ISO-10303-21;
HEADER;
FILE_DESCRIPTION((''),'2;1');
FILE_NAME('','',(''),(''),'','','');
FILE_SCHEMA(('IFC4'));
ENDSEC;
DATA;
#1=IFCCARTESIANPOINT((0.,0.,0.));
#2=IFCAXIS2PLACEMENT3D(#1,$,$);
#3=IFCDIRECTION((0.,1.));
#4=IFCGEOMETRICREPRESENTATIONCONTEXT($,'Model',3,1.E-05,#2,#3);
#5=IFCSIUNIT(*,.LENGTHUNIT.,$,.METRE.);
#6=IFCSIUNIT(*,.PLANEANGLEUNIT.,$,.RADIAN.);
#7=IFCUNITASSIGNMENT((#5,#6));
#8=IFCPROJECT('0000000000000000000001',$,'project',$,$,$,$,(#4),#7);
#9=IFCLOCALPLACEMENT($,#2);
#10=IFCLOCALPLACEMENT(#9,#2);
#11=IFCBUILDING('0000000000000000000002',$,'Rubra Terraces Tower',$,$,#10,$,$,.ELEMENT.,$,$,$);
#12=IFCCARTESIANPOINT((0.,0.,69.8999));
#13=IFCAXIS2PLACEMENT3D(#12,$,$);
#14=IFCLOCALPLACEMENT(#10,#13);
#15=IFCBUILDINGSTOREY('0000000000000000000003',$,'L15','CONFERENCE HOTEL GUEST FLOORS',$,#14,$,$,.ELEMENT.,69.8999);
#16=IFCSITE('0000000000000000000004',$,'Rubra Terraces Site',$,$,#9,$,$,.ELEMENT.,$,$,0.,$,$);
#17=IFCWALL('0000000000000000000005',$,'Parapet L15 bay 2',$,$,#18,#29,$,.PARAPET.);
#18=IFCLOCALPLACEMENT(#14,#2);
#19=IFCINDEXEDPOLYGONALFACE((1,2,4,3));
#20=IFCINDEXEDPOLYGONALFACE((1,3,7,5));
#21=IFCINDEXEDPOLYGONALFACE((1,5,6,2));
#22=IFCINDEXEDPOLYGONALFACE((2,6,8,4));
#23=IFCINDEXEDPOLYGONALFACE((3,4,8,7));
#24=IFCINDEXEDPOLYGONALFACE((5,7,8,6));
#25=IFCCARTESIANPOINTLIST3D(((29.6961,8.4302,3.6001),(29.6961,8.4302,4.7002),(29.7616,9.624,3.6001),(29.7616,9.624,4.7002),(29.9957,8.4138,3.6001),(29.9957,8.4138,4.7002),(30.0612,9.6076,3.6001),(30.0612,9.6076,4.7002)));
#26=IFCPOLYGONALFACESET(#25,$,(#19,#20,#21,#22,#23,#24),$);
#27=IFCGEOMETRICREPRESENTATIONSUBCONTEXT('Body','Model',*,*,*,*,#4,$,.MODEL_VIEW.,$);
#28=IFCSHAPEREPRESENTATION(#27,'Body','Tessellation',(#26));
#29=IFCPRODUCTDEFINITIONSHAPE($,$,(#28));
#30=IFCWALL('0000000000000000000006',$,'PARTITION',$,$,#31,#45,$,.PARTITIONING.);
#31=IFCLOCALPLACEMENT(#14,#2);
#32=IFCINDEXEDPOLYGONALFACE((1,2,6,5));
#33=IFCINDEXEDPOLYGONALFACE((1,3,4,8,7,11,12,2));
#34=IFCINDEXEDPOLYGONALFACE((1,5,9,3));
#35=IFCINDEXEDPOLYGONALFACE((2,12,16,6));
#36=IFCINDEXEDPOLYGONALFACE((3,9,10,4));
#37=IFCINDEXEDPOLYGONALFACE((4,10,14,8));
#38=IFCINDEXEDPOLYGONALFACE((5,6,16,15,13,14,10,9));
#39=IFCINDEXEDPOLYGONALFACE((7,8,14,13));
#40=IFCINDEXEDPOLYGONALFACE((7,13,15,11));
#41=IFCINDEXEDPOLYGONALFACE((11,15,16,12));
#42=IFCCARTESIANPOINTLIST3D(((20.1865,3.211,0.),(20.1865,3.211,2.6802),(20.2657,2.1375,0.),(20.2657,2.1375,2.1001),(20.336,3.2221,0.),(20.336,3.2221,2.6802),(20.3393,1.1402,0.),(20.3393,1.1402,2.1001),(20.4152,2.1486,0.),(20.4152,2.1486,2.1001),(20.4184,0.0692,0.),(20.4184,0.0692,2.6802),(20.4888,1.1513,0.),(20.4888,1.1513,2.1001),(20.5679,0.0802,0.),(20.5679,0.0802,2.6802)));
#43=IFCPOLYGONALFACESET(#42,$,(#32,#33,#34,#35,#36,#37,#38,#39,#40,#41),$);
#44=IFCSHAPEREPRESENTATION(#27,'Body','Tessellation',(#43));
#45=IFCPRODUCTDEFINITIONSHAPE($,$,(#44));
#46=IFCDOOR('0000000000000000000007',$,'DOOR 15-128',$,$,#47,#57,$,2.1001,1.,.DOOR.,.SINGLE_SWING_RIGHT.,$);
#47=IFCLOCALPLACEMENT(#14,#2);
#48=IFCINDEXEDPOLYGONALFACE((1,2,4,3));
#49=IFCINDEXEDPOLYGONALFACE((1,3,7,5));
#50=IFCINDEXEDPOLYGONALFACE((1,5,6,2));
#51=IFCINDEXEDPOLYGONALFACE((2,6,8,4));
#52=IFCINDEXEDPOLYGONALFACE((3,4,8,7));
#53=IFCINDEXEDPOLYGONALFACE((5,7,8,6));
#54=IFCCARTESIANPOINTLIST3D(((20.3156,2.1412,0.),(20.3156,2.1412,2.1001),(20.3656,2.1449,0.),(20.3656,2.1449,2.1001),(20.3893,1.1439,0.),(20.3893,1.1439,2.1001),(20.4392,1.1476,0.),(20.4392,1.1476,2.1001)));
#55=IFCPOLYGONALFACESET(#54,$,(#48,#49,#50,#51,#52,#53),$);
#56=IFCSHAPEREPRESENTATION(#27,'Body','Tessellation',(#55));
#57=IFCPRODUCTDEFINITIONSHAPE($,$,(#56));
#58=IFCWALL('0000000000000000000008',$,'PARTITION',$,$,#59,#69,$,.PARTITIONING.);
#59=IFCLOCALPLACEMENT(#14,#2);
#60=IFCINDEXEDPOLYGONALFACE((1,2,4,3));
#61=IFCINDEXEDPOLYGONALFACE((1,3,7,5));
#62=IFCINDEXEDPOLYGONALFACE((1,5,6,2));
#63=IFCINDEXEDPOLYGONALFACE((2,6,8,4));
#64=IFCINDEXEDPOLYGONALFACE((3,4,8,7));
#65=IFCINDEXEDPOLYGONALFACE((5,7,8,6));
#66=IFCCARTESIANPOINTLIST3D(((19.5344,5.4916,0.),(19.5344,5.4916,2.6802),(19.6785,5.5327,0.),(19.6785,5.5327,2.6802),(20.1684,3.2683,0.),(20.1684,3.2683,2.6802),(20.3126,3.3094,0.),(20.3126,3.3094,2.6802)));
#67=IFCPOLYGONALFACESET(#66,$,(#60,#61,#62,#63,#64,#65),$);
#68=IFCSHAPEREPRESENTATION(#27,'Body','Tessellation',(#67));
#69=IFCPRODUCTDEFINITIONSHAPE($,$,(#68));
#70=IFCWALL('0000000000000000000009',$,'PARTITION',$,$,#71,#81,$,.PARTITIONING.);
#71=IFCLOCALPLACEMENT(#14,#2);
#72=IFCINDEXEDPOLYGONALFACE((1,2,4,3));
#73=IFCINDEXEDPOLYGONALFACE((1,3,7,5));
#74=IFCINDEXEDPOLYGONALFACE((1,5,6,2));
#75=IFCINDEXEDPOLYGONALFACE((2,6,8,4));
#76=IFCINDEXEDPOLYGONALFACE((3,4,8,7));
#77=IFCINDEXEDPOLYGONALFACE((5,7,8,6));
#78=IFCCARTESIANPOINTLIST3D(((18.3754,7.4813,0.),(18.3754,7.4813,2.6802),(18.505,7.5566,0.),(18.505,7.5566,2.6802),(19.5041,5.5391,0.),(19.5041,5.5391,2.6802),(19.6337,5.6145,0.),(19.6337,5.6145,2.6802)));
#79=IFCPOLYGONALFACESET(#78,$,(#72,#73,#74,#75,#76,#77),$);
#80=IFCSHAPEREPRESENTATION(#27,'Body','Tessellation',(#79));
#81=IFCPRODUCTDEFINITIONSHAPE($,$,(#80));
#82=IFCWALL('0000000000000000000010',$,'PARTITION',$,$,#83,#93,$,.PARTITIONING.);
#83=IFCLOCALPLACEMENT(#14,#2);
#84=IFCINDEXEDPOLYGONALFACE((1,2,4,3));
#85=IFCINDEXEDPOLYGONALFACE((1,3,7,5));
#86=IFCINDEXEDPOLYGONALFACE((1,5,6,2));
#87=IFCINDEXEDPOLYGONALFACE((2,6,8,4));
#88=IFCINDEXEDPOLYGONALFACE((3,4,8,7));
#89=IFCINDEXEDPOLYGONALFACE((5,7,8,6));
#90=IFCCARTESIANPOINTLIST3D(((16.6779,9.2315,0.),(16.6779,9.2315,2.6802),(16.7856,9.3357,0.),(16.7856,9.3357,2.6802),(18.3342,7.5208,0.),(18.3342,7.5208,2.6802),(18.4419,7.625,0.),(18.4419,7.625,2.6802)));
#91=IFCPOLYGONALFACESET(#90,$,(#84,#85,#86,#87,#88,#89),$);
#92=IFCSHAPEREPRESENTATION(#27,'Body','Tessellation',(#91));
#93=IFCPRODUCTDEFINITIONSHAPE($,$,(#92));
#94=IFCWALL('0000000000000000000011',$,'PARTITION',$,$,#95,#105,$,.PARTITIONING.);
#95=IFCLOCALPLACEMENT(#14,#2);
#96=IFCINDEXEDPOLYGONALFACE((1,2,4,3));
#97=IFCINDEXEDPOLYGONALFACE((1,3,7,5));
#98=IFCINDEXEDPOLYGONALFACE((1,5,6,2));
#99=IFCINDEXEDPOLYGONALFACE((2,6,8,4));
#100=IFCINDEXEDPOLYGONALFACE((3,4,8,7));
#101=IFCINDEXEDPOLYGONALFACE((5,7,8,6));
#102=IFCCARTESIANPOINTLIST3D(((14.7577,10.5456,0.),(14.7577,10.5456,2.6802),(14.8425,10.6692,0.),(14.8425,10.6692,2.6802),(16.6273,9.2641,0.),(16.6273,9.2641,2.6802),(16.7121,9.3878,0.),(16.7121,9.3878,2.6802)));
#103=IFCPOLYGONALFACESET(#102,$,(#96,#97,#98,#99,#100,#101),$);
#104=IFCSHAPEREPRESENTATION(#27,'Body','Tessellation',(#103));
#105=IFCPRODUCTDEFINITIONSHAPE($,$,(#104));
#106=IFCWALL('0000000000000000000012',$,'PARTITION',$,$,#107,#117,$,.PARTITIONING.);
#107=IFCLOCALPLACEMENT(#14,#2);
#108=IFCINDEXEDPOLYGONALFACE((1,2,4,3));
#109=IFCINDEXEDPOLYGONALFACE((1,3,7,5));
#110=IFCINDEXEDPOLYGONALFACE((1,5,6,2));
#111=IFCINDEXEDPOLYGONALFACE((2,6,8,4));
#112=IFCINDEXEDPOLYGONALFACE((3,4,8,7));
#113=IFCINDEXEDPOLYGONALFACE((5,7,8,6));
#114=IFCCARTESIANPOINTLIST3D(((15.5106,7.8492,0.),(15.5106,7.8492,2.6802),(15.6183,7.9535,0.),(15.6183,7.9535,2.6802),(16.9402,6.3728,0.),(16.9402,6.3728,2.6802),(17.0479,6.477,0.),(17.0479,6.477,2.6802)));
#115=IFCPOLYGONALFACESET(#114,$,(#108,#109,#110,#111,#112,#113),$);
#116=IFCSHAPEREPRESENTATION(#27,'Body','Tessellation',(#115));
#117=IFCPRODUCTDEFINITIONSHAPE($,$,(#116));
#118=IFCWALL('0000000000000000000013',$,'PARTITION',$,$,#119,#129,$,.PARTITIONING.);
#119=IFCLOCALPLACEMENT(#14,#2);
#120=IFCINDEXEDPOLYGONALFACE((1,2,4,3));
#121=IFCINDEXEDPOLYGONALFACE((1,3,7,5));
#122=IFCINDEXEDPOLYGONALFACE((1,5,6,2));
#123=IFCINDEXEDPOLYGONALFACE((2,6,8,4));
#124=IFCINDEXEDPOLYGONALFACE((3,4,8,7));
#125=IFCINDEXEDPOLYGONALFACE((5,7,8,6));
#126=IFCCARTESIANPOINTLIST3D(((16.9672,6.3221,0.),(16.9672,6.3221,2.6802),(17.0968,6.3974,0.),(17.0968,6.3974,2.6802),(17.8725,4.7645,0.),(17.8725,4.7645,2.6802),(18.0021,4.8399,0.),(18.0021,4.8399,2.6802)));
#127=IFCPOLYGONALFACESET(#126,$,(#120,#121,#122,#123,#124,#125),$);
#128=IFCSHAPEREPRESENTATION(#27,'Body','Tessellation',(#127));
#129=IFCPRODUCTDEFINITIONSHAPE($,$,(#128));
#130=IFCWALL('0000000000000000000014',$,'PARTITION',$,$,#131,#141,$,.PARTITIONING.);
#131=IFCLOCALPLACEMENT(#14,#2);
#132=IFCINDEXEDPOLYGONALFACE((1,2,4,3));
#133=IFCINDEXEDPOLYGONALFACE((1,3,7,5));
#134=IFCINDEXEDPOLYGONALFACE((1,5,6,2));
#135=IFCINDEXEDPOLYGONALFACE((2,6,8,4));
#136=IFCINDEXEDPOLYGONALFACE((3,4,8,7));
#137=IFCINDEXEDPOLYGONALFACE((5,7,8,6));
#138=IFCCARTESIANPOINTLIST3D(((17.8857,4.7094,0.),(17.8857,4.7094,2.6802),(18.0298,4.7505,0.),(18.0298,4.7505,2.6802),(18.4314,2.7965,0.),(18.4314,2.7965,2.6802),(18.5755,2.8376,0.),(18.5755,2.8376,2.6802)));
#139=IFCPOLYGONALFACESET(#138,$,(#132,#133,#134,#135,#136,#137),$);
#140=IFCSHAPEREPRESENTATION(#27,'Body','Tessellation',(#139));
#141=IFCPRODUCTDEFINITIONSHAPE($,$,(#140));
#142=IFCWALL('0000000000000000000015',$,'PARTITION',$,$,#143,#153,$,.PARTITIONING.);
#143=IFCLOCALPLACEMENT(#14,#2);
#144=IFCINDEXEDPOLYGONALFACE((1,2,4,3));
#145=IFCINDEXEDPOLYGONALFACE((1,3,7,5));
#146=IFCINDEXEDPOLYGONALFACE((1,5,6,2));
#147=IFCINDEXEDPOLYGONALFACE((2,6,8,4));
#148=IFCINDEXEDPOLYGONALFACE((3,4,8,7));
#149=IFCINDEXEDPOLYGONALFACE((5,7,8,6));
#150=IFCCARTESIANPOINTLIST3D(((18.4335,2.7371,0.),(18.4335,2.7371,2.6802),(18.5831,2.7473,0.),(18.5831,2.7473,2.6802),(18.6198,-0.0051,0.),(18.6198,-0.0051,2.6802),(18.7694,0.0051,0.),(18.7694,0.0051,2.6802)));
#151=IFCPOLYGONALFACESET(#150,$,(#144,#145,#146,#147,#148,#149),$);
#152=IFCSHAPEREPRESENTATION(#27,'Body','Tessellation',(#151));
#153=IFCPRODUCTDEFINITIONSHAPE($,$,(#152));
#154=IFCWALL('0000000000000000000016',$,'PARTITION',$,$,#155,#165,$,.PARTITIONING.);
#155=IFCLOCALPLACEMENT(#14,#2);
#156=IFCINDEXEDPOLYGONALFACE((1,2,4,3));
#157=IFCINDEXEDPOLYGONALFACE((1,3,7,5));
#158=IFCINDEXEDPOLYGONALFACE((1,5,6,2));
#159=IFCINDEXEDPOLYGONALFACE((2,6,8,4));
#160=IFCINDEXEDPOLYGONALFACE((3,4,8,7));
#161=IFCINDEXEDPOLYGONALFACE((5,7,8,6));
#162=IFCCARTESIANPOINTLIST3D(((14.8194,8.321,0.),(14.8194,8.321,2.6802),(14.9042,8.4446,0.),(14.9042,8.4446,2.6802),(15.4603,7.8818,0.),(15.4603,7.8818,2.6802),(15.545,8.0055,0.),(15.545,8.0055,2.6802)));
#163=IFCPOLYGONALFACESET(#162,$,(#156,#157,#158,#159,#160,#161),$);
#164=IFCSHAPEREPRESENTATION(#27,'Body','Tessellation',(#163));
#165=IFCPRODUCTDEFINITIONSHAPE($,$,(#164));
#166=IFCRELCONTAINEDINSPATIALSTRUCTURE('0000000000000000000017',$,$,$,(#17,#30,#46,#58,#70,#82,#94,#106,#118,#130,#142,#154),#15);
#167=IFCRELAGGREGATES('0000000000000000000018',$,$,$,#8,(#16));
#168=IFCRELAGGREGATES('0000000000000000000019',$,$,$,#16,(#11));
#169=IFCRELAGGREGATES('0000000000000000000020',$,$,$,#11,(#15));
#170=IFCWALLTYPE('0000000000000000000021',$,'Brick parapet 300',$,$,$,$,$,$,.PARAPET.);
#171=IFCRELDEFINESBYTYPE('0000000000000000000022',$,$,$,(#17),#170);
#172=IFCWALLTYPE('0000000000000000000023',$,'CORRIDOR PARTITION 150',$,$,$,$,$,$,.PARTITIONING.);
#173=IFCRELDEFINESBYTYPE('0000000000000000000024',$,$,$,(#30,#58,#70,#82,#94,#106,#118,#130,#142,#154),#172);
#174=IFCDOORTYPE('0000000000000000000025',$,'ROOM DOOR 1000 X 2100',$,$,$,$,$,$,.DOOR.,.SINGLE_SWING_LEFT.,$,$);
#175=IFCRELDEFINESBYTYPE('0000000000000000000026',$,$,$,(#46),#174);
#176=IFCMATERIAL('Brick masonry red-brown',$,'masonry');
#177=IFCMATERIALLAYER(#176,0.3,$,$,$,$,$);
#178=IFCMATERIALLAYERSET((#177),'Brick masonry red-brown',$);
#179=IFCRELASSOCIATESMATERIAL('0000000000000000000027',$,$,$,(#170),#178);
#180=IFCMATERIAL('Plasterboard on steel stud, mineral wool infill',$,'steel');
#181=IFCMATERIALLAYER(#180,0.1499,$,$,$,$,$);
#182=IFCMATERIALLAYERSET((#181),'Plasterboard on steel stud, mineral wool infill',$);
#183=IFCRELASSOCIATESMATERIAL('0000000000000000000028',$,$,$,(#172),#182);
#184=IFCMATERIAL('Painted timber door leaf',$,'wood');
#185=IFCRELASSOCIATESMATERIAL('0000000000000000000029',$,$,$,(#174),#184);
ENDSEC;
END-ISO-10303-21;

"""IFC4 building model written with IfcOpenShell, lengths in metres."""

from ifc_helpers import new_model, si_unit, direction, frame, frame_2d, origin, place, context, subcontext, project, spatial, rectangle, extrude, material, layer, layer_set, type_object, element, fill, save


model = new_model("IFC4")

# Units and contexts
model_context = context("Model", 3, precision=1e-05, world=origin(), true_north=direction((0.0, 1.0)))
body_context = subcontext(model_context, "Body", "Model", "MODEL_VIEW")
ifc_project = project(units=[si_unit("LENGTHUNIT", "METRE"), si_unit("PLANEANGLEUNIT", "RADIAN")], contexts=[model_context])

# Site, building, storey
site_placement = place(None, origin())
site = spatial("IfcSite", under=ifc_project, at=site_placement, Name="Rubra Terraces Site", CompositionType="ELEMENT", RefElevation=0.0)
building_placement = place(site_placement, origin())
building = spatial("IfcBuilding", under=site, at=building_placement, Name="Rubra Terraces Tower", CompositionType="ELEMENT")
storey_placement = place(building_placement, frame((0.0, 0.0, 69.8999)))
storey = spatial("IfcBuildingStorey", under=building, at=storey_placement, Name="L15", Description="CONFERENCE HOTEL GUEST FLOORS", CompositionType="ELEMENT", Elevation=69.8999)

# Shared definitions
ifc_material_1 = material(Name="Brick masonry red-brown", Category="masonry")

# Wall
ifc_layer_1 = layer(ifc_material_1, 0.3)
ifc_layer_set_1 = layer_set([ifc_layer_1], Name="Brick masonry red-brown")
wall_type_1 = type_object("IfcWallType", Name="Brick parapet 300", PredefinedType="PARAPET", material=ifc_layer_set_1)
wall_1_placement = place(storey_placement, frame((29.8459, 8.4221, 3.6001), z_axis=(0.0, 0.0, 1.0), x_axis=(0.054724, 0.998502, 0.0)))
element("IfcWall", 1, at=wall_1_placement, inside=storey, type_object=wall_type_1, Name="Parapet L15 bay 2", PredefinedType="PARAPET", context=body_context, shape_type="SweptSolid", body=[
    extrude(rectangle(XDim=1.1956, YDim=0.3, at=frame_2d((0.5977, 0.0))), origin(), (0.0, 0.0, 1.0), 1.1001),
])

# Wall, opening, door
ifc_material_2 = material(Name="Plasterboard on steel stud, mineral wool infill", Category="steel")
ifc_layer_2 = layer(ifc_material_2, 0.1499)
ifc_layer_set_2 = layer_set([ifc_layer_2], Name="Plasterboard on steel stud, mineral wool infill")
wall_type_2 = type_object("IfcWallType", Name="CORRIDOR PARTITION 150", PredefinedType="PARTITIONING", material=ifc_layer_set_2)
wall_2_placement = place(storey_placement, frame((20.4932, 0.0747, 0.0), z_axis=(0.0, 0.0, 1.0), x_axis=(-0.07362, 0.997286, 0.0)))
wall_2 = element("IfcWall", 2, at=wall_2_placement, inside=storey, type_object=wall_type_2, Name="PARTITION", PredefinedType="PARTITIONING", context=body_context, shape_type="SweptSolid", body=[
    extrude(rectangle(XDim=3.1504, YDim=0.1499, at=frame_2d((1.5752, 0.0))), origin(), (0.0, 0.0, 1.0), 2.6802),
])
opening_1_placement = place(wall_2_placement, frame((1.074, 0.0, 0.0)))
opening_1 = element("IfcOpeningElement", 3, at=opening_1_placement, cuts=wall_2, PredefinedType="OPENING", context=body_context, shape_type="SweptSolid", body=[
    extrude(rectangle(XDim=1.0, YDim=2.1001, at=frame_2d((0.5, 1.05))), frame((0.0, 0.085, 0.0), z_axis=(0.0, -1.0, 0.0), x_axis=(1.0, 0.0, 0.0)), (0.0, 0.0, 1.0), 0.1699),
])
ifc_material_3 = material(Name="Painted timber door leaf", Category="wood")
door_type_1 = type_object("IfcDoorType", Name="ROOM DOOR 1000 X 2100", OperationType="SINGLE_SWING_LEFT", PredefinedType="DOOR", material=ifc_material_3)
door_1_placement = place(opening_1_placement, origin())
door_1 = element("IfcDoor", 4, at=door_1_placement, inside=storey, type_object=door_type_1, Name="DOOR 15-128", OperationType="SINGLE_SWING_RIGHT", OverallHeight=2.1001, OverallWidth=1.0, PredefinedType="DOOR", context=body_context, shape_type="SweptSolid", body=[
    extrude(rectangle(XDim=1.0, YDim=2.1001, at=frame_2d((0.5, 1.05))), frame((0.0, 0.0249, 0.0), z_axis=(0.0, -1.0, 0.0), x_axis=(1.0, 0.0, 0.0)), (0.0, 0.0, 1.0), 0.05),
])
fill(opening_1, door_1)

# Walls
wall_3_placement = place(storey_placement, frame((20.2405, 3.2888, 0.0), z_axis=(0.0, 0.0, 1.0), x_axis=(-0.274233, 0.961663, 0.0)))
element("IfcWall", 5, at=wall_3_placement, inside=storey, type_object=wall_type_2, Name="PARTITION", PredefinedType="PARTITIONING", context=body_context, shape_type="SweptSolid", body=[
    extrude(rectangle(XDim=2.312, YDim=0.1499, at=frame_2d((1.156, 0.0))), origin(), (0.0, 0.0, 1.0), 2.6802),
])
wall_4_placement = place(storey_placement, frame((19.5688, 5.5769, 0.0), z_axis=(0.0, 0.0, 1.0), x_axis=(-0.502458, 0.864602, 0.0)))
element("IfcWall", 6, at=wall_4_placement, inside=storey, type_object=wall_type_2, Name="PARTITION", PredefinedType="PARTITIONING", context=body_context, shape_type="SweptSolid", body=[
    extrude(rectangle(XDim=2.2463, YDim=0.1499, at=frame_2d((1.123, 0.0))), origin(), (0.0, 0.0, 1.0), 2.6802),
])
wall_5_placement = place(storey_placement, frame((18.3879, 7.573, 0.0), z_axis=(0.0, 0.0, 1.0), x_axis=(-0.695582, 0.718447, 0.0)))
element("IfcWall", 7, at=wall_5_placement, inside=storey, type_object=wall_type_2, Name="PARTITION", PredefinedType="PARTITIONING", context=body_context, shape_type="SweptSolid", body=[
    extrude(rectangle(XDim=2.3811, YDim=0.1499, at=frame_2d((1.1904, 0.0))), origin(), (0.0, 0.0, 1.0), 2.6802),
])
wall_6_placement = place(storey_placement, frame((16.6697, 9.3259, 0.0), z_axis=(0.0, 0.0, 1.0), x_axis=(-0.824839, 0.565367, 0.0)))
element("IfcWall", 8, at=wall_6_placement, inside=storey, type_object=wall_type_2, Name="PARTITION", PredefinedType="PARTITIONING", context=body_context, shape_type="SweptSolid", body=[
    extrude(rectangle(XDim=2.2666, YDim=0.1499, at=frame_2d((1.1333, 0.0))), origin(), (0.0, 0.0, 1.0), 2.6802),
])
wall_7_placement = place(storey_placement, frame((15.5645, 7.9014, 0.0), z_axis=(0.0, 0.0, 1.0), x_axis=(0.695611, -0.718418, 0.0)))
element("IfcWall", 9, at=wall_7_placement, inside=storey, type_object=wall_type_2, Name="PARTITION", PredefinedType="PARTITIONING", context=body_context, shape_type="SweptSolid", body=[
    extrude(rectangle(XDim=2.0552, YDim=0.1499, at=frame_2d((1.0276, 0.0))), origin(), (0.0, 0.0, 1.0), 2.6802),
])
wall_8_placement = place(storey_placement, frame((17.032, 6.3599, 0.0), z_axis=(0.0, 0.0, 1.0), x_axis=(0.502489, -0.864584, 0.0)))
element("IfcWall", 10, at=wall_8_placement, inside=storey, type_object=wall_type_2, Name="PARTITION", PredefinedType="PARTITIONING", context=body_context, shape_type="SweptSolid", body=[
    extrude(rectangle(XDim=1.8015, YDim=0.1499, at=frame_2d((0.9009, 0.0))), origin(), (0.0, 0.0, 1.0), 2.6802),
])
wall_9_placement = place(storey_placement, frame((17.9578, 4.73, 0.0), z_axis=(0.0, 0.0, 1.0), x_axis=(0.274316, -0.96164, 0.0)))
element("IfcWall", 11, at=wall_9_placement, inside=storey, type_object=wall_type_2, Name="PARTITION", PredefinedType="PARTITIONING", context=body_context, shape_type="SweptSolid", body=[
    extrude(rectangle(XDim=1.9893, YDim=0.1499, at=frame_2d((0.9946, 0.0))), origin(), (0.0, 0.0, 1.0), 2.6802),
])
wall_10_placement = place(storey_placement, frame((18.5083, 2.7422, 0.0), z_axis=(0.0, 0.0, 1.0), x_axis=(0.067775, -0.997701, 0.0)))
element("IfcWall", 12, at=wall_10_placement, inside=storey, type_object=wall_type_2, Name="PARTITION", PredefinedType="PARTITIONING", context=body_context, shape_type="SweptSolid", body=[
    extrude(rectangle(XDim=2.7485, YDim=0.1499, at=frame_2d((1.3743, 0.0))), origin(), (0.0, 0.0, 1.0), 2.6802),
])
wall_11_placement = place(storey_placement, frame((14.8618, 8.3828, 0.0), z_axis=(0.0, 0.0, 1.0), x_axis=(0.824875, -0.565315, 0.0)))
element("IfcWall", 13, at=wall_11_placement, inside=storey, type_object=wall_type_2, Name="PARTITION", PredefinedType="PARTITIONING", context=body_context, shape_type="SweptSolid", body=[
    extrude(rectangle(XDim=0.7769, YDim=0.1499, at=frame_2d((0.3884, 0.0))), origin(), (0.0, 0.0, 1.0), 2.6802),
])

save(model, "model.ifc")
